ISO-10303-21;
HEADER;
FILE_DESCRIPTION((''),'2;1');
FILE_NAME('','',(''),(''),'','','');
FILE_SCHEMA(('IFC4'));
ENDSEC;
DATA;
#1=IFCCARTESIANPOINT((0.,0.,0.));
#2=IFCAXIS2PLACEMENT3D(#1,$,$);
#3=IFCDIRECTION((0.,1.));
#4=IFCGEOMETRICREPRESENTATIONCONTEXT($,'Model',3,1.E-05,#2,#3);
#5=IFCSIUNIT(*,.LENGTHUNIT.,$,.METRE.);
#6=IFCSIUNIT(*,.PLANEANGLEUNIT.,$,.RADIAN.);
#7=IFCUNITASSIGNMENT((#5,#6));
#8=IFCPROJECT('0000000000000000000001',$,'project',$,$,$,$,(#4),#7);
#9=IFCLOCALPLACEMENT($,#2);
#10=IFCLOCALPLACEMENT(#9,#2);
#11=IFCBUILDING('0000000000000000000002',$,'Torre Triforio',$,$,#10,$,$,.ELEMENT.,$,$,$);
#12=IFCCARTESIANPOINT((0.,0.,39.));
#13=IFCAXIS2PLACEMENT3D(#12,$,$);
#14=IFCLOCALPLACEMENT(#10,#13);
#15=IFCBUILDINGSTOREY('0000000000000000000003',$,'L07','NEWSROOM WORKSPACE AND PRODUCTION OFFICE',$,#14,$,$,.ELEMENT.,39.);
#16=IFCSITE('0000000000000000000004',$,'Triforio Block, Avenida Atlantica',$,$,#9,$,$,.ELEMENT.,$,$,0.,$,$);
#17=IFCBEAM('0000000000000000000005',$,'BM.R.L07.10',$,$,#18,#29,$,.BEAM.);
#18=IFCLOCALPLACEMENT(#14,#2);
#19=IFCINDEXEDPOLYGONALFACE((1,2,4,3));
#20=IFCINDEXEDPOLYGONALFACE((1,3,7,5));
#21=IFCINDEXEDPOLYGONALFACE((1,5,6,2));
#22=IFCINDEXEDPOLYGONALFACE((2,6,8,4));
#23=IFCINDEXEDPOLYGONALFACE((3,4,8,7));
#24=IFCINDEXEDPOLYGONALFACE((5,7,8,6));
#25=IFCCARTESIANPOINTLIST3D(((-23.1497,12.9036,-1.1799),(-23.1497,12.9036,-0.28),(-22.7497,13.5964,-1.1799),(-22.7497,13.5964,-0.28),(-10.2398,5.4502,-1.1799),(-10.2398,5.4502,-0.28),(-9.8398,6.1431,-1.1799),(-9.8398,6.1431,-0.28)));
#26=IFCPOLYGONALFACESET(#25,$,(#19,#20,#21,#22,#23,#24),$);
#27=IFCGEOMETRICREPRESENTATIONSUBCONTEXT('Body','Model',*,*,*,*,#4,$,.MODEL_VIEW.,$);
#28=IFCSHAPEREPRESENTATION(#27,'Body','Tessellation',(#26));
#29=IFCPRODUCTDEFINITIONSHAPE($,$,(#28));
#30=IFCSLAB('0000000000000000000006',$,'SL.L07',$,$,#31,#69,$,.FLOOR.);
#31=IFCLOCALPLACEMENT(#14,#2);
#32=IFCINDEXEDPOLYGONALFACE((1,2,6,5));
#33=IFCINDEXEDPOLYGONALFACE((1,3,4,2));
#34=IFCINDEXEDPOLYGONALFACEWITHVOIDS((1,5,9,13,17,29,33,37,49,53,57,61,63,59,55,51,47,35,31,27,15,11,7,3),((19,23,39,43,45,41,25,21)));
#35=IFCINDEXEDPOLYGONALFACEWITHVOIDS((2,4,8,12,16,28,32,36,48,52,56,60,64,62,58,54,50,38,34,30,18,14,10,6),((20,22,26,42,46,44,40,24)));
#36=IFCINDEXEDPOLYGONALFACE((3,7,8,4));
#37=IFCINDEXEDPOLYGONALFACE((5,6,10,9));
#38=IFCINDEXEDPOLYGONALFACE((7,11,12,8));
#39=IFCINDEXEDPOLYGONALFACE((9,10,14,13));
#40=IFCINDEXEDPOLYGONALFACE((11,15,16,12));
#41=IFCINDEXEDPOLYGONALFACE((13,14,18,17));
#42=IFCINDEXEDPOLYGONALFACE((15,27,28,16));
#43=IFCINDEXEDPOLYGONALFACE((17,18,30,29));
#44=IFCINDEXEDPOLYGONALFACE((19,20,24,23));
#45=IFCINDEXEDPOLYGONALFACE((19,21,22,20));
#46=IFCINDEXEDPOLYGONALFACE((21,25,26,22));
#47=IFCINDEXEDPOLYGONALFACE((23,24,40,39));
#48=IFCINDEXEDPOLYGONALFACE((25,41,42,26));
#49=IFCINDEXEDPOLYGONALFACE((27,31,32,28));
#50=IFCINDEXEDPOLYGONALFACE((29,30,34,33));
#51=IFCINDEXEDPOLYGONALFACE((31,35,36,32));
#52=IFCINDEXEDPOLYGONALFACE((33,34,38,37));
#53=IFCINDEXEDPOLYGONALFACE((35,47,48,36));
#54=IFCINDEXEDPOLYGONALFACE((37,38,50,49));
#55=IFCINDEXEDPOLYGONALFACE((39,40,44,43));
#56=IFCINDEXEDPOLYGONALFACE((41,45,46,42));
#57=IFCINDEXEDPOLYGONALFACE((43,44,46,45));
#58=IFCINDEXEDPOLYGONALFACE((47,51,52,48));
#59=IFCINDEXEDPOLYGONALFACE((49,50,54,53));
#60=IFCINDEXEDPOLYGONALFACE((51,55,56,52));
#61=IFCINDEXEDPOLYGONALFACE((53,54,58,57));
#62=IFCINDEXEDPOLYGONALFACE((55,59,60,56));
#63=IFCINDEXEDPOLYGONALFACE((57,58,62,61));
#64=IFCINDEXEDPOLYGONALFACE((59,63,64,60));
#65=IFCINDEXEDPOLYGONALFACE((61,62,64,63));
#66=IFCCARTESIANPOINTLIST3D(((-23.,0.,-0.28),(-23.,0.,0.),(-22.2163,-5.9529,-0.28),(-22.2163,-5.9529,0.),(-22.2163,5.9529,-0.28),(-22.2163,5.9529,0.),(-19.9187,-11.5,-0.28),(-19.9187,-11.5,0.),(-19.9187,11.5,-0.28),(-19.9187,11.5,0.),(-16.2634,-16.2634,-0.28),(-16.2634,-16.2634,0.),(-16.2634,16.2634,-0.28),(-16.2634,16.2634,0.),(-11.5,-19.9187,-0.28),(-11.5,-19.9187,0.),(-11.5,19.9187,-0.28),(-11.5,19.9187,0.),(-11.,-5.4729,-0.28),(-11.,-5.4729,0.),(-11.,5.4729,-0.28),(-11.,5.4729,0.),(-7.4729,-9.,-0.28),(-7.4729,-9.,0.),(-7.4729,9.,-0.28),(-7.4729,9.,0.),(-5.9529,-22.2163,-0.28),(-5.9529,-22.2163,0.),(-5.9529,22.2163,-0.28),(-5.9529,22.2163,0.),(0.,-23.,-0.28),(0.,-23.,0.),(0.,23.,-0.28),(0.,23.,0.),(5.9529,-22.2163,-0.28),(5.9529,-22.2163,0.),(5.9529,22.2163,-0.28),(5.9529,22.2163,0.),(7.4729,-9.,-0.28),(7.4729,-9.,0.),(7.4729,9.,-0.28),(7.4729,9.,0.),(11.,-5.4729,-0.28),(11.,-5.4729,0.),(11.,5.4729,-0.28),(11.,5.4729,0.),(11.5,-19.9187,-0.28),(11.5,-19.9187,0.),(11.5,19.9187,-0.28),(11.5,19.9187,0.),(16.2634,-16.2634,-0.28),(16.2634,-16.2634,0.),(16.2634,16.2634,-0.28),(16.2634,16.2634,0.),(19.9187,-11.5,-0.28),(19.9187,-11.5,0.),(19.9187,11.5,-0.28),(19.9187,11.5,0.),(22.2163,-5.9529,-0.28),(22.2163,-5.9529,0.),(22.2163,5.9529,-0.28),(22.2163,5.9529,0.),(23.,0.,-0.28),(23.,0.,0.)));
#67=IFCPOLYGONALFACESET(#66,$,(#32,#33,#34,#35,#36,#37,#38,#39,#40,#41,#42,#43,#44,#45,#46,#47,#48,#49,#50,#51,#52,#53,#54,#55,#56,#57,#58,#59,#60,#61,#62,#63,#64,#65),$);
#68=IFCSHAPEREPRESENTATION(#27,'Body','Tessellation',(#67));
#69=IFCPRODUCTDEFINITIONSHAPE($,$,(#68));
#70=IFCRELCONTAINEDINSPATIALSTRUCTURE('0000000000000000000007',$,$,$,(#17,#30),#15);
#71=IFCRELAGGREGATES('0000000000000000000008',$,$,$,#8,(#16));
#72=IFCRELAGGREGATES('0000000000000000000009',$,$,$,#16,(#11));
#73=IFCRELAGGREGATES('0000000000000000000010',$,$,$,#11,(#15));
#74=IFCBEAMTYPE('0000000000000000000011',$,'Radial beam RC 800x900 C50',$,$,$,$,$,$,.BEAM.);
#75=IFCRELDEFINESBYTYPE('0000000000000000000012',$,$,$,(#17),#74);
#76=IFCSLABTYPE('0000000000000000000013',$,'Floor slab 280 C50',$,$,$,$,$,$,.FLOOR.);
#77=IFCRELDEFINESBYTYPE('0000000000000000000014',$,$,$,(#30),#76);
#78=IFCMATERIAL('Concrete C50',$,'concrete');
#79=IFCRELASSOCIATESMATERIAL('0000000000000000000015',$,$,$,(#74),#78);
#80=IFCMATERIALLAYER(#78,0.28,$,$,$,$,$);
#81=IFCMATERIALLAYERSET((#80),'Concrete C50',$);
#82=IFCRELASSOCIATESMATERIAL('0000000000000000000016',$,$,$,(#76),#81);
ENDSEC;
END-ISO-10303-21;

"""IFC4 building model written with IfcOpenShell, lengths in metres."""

from ifc_helpers import new_model, si_unit, direction, frame, origin, origin_2d, place, context, subcontext, project, spatial, polyline, rectangle, outline, extrude, material, layer, layer_set, material_profile, profile_set, type_object, element, save


model = new_model("IFC4")

# Units and contexts
model_context = context("Model", 3, precision=1e-05, world=origin(), true_north=direction((0.0, 1.0)))
body_context = subcontext(model_context, "Body", "Model", "MODEL_VIEW")
ifc_project = project(units=[si_unit("LENGTHUNIT", "METRE"), si_unit("PLANEANGLEUNIT", "RADIAN")], contexts=[model_context])

# Site, building, storey
site_placement = place(None, origin())
site = spatial("IfcSite", under=ifc_project, at=site_placement, Name="Triforio Block, Avenida Atlantica", CompositionType="ELEMENT", RefElevation=0.0)
building_placement = place(site_placement, origin())
building = spatial("IfcBuilding", under=site, at=building_placement, Name="Torre Triforio", CompositionType="ELEMENT")
storey_placement = place(building_placement, frame((0.0, 0.0, 39.0)))
storey = spatial("IfcBuildingStorey", under=building, at=storey_placement, Name="L07", Description="NEWSROOM WORKSPACE AND PRODUCTION OFFICE", CompositionType="ELEMENT", Elevation=39.0)

# Beam
ifc_material_1 = material(Name="Concrete C50", Category="concrete")
ifc_material_profile = material_profile(ifc_material_1, rectangle(XDim=0.8, YDim=0.8999, at=origin_2d()), Name="RC 800x900")
ifc_profile_set = profile_set([ifc_material_profile], Name="Concrete C50")
beam_type = type_object("IfcBeamType", Name="Radial beam RC 800x900 C50", PredefinedType="BEAM", material=ifc_profile_set)
beam_placement = place(storey_placement, frame((-10.0398, 5.7966, -0.73), z_axis=(-0.86603, 0.499991, 0.0), x_axis=(-0.499991, -0.86603, 0.0)))
element("IfcBeam", 1, at=beam_placement, inside=storey, type_object=beam_type, Name="BM.R.L07.10", PredefinedType="BEAM", context=body_context, shape_type="SweptSolid", body=[
    extrude(rectangle(XDim=0.8, YDim=0.8999, at=origin_2d()), origin(), (0.0, 0.0, 1.0), 14.907),
])

# Slab
ifc_layer_1 = layer(ifc_material_1, 0.28)
ifc_layer_set_1 = layer_set([ifc_layer_1], Name="Concrete C50")
slab_type_1 = type_object("IfcSlabType", Name="Floor slab 280 C50", PredefinedType="FLOOR", material=ifc_layer_set_1)
slab_1_placement = place(storey_placement, frame((0.0, 0.0, -0.28)))
element("IfcSlab", 2, at=slab_1_placement, inside=storey, type_object=slab_type_1, Name="SL.L07", PredefinedType="FLOOR", context=body_context, shape_type="SweptSolid", body=[
    extrude(outline(polyline([(19.9187, -11.5), (22.2163, -5.9529), (23.0, 0.0), (22.2163, 5.9529), (19.9187, 11.5), (16.2634, 16.2634), (11.5, 19.9187), (5.9529, 22.2163), (0.0, 23.0), (-5.9529, 22.2163), (-11.5, 19.9187), (-16.2634, 16.2634), (-19.9187, 11.5), (-22.2163, 5.9529), (-23.0, 0.0), (-22.2163, -5.9529), (-19.9187, -11.5), (-16.2634, -16.2634), (-11.5, -19.9187), (-5.9529, -22.2163), (0.0, -23.0), (5.9529, -22.2163), (11.5, -19.9187), (16.2634, -16.2634), (19.9187, -11.5)]), holes=[polyline([(11.0, 5.4729), (11.0, -5.4729), (7.4729, -9.0), (-7.4729, -9.0), (-11.0, -5.4729), (-11.0, 5.4729), (-7.4729, 9.0), (7.4729, 9.0), (11.0, 5.4729)])]), origin(), (0.0, 0.0, 1.0), 0.28),
])

save(model, "model.ifc")
